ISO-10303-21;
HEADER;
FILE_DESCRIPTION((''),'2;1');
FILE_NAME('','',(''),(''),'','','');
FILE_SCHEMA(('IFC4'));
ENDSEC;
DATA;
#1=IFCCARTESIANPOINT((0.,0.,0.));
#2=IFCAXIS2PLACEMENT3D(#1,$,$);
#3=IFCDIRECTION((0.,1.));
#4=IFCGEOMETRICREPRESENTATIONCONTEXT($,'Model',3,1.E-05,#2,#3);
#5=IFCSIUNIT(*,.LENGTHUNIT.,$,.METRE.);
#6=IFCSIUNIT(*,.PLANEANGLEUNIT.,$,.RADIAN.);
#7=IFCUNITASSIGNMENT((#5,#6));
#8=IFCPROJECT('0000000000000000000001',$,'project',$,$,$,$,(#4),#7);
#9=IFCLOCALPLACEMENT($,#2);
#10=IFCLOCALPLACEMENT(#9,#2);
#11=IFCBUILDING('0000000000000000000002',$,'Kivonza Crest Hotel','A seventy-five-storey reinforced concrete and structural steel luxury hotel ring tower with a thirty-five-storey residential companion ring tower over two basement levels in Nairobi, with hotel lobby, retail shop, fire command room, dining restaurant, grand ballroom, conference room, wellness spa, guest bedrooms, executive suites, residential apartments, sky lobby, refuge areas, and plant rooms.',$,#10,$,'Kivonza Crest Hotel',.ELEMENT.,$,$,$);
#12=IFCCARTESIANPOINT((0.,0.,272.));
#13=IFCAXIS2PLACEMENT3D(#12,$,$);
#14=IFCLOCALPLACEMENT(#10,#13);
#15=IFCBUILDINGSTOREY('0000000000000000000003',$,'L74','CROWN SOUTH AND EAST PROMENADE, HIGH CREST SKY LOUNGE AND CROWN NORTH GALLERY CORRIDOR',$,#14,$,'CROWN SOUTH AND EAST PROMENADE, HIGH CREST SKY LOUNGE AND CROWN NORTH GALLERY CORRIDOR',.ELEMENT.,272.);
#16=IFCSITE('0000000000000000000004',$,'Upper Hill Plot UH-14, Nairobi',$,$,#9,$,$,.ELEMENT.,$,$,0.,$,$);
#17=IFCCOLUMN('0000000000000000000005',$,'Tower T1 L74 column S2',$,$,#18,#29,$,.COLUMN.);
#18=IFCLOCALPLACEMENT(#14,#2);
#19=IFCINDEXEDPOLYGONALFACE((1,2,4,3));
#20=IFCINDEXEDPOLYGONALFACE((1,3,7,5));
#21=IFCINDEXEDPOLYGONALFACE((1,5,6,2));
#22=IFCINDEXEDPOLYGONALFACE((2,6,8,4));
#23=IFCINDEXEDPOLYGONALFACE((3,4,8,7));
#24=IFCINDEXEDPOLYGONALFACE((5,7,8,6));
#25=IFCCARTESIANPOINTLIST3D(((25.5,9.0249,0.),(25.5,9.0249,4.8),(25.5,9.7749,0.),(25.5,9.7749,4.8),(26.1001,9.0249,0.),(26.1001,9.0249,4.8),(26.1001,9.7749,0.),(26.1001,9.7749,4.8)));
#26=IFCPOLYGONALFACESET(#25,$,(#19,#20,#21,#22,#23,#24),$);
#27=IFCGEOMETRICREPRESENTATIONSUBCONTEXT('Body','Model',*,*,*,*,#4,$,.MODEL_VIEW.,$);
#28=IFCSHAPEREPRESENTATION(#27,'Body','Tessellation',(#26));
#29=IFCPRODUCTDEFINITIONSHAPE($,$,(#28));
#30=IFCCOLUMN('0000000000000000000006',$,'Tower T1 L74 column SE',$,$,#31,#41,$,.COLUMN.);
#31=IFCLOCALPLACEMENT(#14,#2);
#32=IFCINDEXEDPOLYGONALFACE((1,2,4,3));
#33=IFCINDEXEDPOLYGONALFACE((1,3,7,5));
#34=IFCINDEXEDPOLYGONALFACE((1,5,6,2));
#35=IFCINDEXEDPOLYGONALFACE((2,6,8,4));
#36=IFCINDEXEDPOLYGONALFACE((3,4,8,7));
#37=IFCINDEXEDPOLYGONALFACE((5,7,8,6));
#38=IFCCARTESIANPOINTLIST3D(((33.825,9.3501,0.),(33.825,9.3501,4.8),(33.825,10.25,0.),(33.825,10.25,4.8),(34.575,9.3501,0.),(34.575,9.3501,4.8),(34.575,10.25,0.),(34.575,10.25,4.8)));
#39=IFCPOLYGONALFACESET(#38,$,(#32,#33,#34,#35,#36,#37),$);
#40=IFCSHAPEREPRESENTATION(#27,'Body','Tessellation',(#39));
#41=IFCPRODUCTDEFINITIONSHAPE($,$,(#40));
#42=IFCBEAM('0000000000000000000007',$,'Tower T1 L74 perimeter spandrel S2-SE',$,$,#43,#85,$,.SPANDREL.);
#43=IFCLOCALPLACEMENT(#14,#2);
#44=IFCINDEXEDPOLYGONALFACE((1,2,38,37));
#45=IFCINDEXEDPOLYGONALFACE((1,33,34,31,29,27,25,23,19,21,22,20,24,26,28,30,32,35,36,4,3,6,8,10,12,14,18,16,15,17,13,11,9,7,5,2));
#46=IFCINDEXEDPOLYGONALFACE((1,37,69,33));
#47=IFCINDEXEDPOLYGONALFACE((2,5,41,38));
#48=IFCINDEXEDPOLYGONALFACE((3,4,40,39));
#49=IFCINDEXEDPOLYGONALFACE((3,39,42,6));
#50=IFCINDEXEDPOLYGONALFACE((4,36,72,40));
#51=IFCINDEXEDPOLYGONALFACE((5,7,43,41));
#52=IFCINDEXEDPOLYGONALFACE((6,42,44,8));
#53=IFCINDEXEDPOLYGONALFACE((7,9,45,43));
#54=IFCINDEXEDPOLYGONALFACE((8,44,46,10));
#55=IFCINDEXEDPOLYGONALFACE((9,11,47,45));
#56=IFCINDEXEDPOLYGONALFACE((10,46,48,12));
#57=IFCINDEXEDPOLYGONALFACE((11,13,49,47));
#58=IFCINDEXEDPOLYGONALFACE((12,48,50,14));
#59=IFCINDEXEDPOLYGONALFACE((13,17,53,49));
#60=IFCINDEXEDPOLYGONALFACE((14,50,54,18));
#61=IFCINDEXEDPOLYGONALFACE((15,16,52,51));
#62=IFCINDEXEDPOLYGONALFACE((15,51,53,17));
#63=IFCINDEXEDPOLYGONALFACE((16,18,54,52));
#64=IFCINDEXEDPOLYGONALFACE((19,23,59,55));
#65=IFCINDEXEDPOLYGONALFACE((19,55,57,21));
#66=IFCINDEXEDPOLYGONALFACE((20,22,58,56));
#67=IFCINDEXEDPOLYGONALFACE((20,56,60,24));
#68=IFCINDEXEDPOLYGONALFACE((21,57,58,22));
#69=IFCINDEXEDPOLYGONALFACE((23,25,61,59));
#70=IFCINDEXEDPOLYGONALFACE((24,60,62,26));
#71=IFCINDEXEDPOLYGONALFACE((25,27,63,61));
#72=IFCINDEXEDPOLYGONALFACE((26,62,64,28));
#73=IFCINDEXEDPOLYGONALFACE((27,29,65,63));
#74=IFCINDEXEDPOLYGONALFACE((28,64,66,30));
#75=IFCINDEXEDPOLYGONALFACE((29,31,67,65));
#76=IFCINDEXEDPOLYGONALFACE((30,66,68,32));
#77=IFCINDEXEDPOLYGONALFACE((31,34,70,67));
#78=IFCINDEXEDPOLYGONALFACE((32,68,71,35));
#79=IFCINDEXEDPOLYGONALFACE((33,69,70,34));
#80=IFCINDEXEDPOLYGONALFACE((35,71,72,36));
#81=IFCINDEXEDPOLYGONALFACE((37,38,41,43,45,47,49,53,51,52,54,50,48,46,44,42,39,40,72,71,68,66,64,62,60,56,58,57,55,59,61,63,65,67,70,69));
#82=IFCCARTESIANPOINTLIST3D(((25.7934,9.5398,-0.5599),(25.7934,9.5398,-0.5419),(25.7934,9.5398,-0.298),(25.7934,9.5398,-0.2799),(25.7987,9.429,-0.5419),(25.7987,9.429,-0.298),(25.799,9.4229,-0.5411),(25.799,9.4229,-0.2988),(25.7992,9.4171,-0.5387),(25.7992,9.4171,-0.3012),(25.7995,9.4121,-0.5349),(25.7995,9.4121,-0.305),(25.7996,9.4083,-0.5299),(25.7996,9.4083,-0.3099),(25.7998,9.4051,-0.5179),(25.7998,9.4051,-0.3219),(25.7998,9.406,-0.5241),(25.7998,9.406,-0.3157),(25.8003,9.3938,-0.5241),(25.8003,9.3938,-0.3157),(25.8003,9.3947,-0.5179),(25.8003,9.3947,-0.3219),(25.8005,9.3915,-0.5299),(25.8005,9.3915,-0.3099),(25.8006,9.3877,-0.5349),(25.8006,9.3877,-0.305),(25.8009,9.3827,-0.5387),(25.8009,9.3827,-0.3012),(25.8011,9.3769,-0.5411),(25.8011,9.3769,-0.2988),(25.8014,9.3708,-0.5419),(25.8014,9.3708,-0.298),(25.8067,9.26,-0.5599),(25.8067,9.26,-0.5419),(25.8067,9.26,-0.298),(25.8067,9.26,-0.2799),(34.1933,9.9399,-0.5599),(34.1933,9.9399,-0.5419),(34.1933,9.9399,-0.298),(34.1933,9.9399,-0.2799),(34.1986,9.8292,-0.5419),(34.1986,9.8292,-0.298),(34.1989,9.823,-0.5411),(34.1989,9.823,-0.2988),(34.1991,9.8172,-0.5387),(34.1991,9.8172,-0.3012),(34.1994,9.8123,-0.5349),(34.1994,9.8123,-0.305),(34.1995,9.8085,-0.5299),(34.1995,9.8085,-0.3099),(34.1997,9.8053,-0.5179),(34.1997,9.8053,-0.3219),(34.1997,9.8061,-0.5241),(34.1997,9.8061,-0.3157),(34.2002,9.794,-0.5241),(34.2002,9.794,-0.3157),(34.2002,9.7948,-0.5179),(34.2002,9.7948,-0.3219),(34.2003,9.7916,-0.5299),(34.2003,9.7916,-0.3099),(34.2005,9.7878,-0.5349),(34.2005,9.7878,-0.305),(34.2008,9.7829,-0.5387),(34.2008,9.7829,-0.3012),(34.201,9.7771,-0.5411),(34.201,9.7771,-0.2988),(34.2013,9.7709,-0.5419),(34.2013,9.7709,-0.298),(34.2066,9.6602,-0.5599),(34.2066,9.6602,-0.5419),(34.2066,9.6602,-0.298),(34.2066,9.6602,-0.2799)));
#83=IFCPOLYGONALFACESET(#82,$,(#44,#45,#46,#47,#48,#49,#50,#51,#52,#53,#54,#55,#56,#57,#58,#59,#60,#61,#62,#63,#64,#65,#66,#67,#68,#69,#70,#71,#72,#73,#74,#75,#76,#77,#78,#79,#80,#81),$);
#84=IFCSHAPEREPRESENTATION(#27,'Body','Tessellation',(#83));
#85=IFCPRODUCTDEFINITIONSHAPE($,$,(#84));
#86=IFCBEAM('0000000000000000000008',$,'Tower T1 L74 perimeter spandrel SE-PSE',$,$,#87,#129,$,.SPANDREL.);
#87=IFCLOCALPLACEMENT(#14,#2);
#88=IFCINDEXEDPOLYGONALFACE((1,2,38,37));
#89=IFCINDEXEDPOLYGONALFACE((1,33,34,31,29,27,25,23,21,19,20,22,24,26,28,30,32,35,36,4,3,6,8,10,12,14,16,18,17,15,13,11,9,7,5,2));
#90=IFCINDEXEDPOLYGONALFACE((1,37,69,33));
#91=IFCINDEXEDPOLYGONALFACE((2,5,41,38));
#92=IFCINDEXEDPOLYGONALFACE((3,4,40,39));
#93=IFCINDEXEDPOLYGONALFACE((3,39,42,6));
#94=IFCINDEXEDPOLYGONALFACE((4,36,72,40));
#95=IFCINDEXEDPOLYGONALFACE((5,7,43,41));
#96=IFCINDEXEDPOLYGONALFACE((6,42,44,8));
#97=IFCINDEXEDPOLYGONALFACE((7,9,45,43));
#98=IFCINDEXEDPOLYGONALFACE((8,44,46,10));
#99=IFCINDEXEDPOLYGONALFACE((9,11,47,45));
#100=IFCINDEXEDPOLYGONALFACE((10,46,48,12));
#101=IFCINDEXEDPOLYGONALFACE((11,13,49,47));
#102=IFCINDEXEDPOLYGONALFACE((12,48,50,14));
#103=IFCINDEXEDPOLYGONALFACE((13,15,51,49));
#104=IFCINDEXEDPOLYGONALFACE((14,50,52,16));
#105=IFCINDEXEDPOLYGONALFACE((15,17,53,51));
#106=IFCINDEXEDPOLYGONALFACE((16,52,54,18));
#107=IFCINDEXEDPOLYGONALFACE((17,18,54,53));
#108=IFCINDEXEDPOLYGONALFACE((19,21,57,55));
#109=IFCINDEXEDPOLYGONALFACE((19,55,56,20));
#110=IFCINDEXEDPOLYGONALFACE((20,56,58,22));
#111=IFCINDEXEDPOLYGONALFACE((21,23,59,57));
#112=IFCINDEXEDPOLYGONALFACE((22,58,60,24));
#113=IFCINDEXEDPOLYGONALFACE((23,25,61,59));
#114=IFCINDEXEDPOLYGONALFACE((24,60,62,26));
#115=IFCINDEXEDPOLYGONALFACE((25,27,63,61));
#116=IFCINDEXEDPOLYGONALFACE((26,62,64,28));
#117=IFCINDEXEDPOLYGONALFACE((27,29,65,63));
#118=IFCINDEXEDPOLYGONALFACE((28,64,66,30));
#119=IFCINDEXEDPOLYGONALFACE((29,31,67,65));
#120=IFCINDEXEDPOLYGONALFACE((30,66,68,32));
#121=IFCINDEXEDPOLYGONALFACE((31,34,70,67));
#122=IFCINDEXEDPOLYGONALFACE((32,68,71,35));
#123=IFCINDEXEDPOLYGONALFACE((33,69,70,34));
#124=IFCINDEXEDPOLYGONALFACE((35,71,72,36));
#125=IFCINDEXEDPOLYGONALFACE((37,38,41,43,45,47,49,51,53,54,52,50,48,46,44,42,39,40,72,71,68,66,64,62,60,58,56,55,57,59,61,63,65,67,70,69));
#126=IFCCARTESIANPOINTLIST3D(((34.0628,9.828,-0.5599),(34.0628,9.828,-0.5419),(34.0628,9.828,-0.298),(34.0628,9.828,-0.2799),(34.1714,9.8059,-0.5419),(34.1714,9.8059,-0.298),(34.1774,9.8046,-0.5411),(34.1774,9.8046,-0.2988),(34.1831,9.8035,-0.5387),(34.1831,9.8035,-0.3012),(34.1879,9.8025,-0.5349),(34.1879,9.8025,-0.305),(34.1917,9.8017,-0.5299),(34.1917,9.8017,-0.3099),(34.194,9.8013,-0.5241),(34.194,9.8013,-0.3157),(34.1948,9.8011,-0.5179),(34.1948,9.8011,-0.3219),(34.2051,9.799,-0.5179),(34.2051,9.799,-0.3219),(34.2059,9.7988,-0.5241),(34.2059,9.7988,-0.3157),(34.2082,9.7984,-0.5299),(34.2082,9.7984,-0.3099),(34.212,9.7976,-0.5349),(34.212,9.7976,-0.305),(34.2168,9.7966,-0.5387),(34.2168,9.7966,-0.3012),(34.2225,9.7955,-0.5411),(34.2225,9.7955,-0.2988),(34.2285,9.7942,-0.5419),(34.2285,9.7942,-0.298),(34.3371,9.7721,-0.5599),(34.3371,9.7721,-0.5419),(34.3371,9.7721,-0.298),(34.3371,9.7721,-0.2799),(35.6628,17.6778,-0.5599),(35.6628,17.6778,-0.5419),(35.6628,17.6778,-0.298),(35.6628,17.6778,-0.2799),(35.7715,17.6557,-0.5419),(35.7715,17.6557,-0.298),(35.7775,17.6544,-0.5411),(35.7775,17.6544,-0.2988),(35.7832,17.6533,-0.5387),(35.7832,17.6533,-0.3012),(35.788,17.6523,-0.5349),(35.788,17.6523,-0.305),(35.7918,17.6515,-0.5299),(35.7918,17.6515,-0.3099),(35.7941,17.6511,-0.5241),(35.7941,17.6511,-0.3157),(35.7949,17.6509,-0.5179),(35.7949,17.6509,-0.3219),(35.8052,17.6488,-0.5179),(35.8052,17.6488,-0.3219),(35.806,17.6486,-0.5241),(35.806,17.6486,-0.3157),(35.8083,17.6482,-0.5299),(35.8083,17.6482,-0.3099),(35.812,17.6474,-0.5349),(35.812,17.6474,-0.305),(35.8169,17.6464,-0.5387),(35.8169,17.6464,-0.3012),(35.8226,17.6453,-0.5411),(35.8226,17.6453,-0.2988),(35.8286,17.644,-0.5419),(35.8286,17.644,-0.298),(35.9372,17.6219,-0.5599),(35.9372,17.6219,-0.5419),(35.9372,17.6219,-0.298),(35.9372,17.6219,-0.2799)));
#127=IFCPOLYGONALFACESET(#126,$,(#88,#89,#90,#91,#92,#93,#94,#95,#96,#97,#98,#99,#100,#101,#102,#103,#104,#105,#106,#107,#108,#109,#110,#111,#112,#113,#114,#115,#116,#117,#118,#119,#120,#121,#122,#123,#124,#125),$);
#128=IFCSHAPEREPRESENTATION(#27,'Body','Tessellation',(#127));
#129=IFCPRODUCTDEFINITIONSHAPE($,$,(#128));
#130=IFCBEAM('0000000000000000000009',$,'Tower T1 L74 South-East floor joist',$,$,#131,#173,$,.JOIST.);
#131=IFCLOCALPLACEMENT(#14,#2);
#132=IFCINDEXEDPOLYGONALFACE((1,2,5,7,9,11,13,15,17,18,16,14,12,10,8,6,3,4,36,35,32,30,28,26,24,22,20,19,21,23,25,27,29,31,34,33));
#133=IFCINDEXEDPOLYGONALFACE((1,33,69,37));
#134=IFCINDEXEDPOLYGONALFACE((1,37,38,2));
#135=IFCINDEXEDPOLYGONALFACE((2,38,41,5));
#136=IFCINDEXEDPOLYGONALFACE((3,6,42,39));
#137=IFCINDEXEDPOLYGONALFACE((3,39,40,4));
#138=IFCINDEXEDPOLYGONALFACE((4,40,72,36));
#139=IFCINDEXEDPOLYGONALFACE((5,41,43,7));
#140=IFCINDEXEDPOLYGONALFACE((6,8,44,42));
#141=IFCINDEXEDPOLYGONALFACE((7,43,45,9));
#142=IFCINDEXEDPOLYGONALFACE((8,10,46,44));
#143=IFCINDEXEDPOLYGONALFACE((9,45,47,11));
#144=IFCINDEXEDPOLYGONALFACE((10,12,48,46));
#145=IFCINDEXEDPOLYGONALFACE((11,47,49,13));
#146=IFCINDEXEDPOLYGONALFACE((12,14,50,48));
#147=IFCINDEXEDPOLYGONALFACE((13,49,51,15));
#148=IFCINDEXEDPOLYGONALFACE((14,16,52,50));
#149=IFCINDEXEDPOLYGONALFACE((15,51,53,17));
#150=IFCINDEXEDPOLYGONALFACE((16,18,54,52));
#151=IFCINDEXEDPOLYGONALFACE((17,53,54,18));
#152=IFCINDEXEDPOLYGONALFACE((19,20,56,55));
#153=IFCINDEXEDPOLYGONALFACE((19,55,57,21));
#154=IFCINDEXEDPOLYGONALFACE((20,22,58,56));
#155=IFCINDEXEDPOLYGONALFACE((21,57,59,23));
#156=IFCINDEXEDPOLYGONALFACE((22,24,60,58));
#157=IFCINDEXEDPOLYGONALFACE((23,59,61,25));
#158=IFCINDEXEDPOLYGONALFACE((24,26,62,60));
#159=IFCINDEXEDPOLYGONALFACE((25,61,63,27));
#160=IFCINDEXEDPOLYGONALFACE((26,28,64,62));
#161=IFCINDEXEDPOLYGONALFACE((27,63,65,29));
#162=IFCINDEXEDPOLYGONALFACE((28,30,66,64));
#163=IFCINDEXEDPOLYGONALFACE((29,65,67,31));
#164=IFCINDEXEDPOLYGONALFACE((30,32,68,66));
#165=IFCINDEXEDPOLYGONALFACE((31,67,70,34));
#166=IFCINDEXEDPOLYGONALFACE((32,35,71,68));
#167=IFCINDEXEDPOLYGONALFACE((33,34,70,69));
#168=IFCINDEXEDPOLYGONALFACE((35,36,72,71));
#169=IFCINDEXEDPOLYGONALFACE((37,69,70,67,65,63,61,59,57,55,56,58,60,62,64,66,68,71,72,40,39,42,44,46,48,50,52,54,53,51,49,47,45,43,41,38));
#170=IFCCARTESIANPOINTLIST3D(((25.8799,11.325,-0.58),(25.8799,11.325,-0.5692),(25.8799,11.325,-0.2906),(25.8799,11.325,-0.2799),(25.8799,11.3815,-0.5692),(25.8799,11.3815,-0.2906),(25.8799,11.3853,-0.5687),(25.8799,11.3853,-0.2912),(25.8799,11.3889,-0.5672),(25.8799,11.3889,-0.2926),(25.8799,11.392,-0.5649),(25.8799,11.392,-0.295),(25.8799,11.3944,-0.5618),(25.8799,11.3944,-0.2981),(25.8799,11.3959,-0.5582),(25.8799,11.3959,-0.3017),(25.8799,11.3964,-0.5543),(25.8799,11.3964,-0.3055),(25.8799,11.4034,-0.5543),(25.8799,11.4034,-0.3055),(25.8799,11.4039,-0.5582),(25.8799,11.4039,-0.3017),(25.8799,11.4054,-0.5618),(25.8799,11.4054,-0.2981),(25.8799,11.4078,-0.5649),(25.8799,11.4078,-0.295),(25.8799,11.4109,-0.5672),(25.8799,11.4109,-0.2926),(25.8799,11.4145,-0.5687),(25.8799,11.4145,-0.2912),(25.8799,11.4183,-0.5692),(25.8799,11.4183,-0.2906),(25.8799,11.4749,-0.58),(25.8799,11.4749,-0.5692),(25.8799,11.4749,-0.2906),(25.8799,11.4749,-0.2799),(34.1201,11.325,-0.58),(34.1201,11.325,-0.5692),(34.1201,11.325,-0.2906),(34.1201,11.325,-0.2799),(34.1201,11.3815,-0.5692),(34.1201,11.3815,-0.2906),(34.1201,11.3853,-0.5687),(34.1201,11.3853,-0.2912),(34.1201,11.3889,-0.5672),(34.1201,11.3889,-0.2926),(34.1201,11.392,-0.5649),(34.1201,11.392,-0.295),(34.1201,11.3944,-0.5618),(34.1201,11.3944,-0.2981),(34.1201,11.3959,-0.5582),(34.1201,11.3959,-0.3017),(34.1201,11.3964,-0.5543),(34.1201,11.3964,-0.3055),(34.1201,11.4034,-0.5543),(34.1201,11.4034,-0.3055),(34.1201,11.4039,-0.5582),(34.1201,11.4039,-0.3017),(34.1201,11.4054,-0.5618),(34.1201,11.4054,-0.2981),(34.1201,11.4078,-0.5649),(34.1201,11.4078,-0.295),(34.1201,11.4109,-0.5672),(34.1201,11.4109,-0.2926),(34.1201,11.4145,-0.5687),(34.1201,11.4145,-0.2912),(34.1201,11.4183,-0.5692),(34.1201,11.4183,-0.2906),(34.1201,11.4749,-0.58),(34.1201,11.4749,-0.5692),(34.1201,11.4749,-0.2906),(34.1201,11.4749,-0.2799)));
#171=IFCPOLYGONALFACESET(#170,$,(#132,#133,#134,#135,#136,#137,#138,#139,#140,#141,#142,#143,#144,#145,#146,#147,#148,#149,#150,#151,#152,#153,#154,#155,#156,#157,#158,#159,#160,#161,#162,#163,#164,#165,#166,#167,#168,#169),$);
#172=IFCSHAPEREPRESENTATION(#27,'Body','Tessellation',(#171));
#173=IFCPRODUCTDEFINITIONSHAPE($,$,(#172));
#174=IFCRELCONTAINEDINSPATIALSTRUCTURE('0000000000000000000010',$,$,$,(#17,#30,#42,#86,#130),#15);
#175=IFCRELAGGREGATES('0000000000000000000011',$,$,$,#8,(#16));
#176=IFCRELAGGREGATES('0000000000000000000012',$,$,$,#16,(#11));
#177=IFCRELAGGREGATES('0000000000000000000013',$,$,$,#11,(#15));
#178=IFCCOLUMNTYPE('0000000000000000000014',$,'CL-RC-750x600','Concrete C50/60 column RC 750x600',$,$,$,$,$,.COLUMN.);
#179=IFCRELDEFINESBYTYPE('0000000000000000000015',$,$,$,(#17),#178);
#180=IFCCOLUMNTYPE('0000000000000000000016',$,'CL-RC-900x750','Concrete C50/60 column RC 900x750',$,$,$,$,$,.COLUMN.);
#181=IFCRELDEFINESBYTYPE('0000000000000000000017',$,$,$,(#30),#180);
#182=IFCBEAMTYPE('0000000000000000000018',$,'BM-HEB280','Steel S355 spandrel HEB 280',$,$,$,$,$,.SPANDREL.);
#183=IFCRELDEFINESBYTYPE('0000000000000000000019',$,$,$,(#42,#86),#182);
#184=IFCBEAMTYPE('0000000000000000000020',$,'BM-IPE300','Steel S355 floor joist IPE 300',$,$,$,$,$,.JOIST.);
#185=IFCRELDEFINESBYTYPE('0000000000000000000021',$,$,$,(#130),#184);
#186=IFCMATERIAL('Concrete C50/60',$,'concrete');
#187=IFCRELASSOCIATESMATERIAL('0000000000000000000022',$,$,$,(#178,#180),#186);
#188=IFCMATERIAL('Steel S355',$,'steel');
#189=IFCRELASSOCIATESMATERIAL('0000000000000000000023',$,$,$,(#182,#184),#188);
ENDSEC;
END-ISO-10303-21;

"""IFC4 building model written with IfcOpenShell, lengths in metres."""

from ifc_helpers import new_model, si_unit, direction, frame, origin, origin_2d, place, context, subcontext, project, spatial, rectangle, i_section, extrude, material, material_profile, profile_set, type_object, element, save


model = new_model("IFC4")

# Units and contexts
model_context = context("Model", 3, precision=1e-05, world=origin(), true_north=direction((0.0, 1.0)))
body_context = subcontext(model_context, "Body", "Model", "MODEL_VIEW")
ifc_project = project(units=[si_unit("LENGTHUNIT", "METRE"), si_unit("PLANEANGLEUNIT", "RADIAN")], contexts=[model_context])

# Site, building, storey
site_placement = place(None, origin())
site = spatial("IfcSite", under=ifc_project, at=site_placement, Name="Upper Hill Plot UH-14, Nairobi", CompositionType="ELEMENT", RefElevation=0.0)
building_placement = place(site_placement, origin())
building = spatial("IfcBuilding", under=site, at=building_placement, Name="Kivonza Crest Hotel", Description="A seventy-five-storey reinforced concrete and structural steel luxury hotel ring tower with a thirty-five-storey residential companion ring tower over two basement levels in Nairobi, with hotel lobby, retail shop, fire command room, dining restaurant, grand ballroom, conference room, wellness spa, guest bedrooms, executive suites, residential apartments, sky lobby, refuge areas, and plant rooms.", LongName="Kivonza Crest Hotel", CompositionType="ELEMENT")
storey_placement = place(building_placement, frame((0.0, 0.0, 272.0)))
storey = spatial("IfcBuildingStorey", under=building, at=storey_placement, Name="L74", Description="CROWN SOUTH AND EAST PROMENADE, HIGH CREST SKY LOUNGE AND CROWN NORTH GALLERY CORRIDOR", LongName="CROWN SOUTH AND EAST PROMENADE, HIGH CREST SKY LOUNGE AND CROWN NORTH GALLERY CORRIDOR", CompositionType="ELEMENT", Elevation=272.0)

# Columns
ifc_material_1 = material(Name="Concrete C50/60", Category="concrete")
ifc_material_profile_1 = material_profile(ifc_material_1, rectangle(XDim=0.6001, YDim=0.75, at=origin_2d()), Name="RC 750x600")
ifc_profile_set_1 = profile_set([ifc_material_profile_1], Name="Concrete C50/60")
column_type_1 = type_object("IfcColumnType", Name="CL-RC-750x600", Description="Concrete C50/60 column RC 750x600", PredefinedType="COLUMN", material=ifc_profile_set_1)
column_1_placement = place(storey_placement, frame((25.8, 9.3999, 0.0), z_axis=(0.0, 0.0, 1.0), x_axis=(1.0, 0.0, 0.0)))
element("IfcColumn", 1, at=column_1_placement, inside=storey, type_object=column_type_1, Name="Tower T1 L74 column S2", PredefinedType="COLUMN", context=body_context, shape_type="SweptSolid", body=[
    extrude(rectangle(XDim=0.6001, YDim=0.75, at=origin_2d()), origin(), (0.0, 0.0, 1.0), 4.8),
])
ifc_material_profile_2 = material_profile(ifc_material_1, rectangle(XDim=0.75, YDim=0.8999, at=origin_2d()), Name="RC 900x750")
ifc_profile_set_2 = profile_set([ifc_material_profile_2], Name="Concrete C50/60")
column_type_2 = type_object("IfcColumnType", Name="CL-RC-900x750", Description="Concrete C50/60 column RC 900x750", PredefinedType="COLUMN", material=ifc_profile_set_2)
column_2_placement = place(storey_placement, frame((34.2, 9.8, 0.0), z_axis=(0.0, 0.0, 1.0), x_axis=(1.0, 0.0, 0.0)))
element("IfcColumn", 2, at=column_2_placement, inside=storey, type_object=column_type_2, Name="Tower T1 L74 column SE", PredefinedType="COLUMN", context=body_context, shape_type="SweptSolid", body=[
    extrude(rectangle(XDim=0.75, YDim=0.8999, at=origin_2d()), origin(), (0.0, 0.0, 1.0), 4.8),
])

# Beams
ifc_material_2 = material(Name="Steel S355", Category="steel")
ifc_material_profile_3 = material_profile(ifc_material_2, i_section(OverallWidth=0.28, OverallDepth=0.28, WebThickness=0.0105, FlangeThickness=0.0181, FilletRadius=0.0239, at=origin_2d()), Name="HEB 280")
ifc_profile_set_3 = profile_set([ifc_material_profile_3], Name="Steel S355")
beam_type_1 = type_object("IfcBeamType", Name="BM-HEB280", Description="Steel S355 spandrel HEB 280", PredefinedType="SPANDREL", material=ifc_profile_set_3)
beam_1_placement = place(storey_placement, frame((25.8, 9.3999, -0.4199), z_axis=(0.998867, 0.047583, 0.0), x_axis=(-0.047583, 0.998867, 0.0)))
element("IfcBeam", 3, at=beam_1_placement, inside=storey, type_object=beam_type_1, Name="Tower T1 L74 perimeter spandrel S2-SE", PredefinedType="SPANDREL", context=body_context, shape_type="SweptSolid", body=[
    extrude(i_section(OverallWidth=0.28, OverallDepth=0.28, WebThickness=0.0105, FlangeThickness=0.0181, FilletRadius=0.0239, at=origin_2d()), origin(), (0.0, 0.0, 1.0), 8.4094),
])
beam_2_placement = place(storey_placement, frame((34.2, 9.8, -0.4199), z_axis=(0.199731, 0.979851, 0.0), x_axis=(-0.979851, 0.199731, 0.0)))
element("IfcBeam", 4, at=beam_2_placement, inside=storey, type_object=beam_type_1, Name="Tower T1 L74 perimeter spandrel SE-PSE", PredefinedType="SPANDREL", context=body_context, shape_type="SweptSolid", body=[
    extrude(i_section(OverallWidth=0.28, OverallDepth=0.28, WebThickness=0.0105, FlangeThickness=0.0181, FilletRadius=0.0239, at=origin_2d()), origin(), (0.0, 0.0, 1.0), 8.0112),
])
ifc_material_profile_4 = material_profile(ifc_material_2, i_section(OverallWidth=0.1499, OverallDepth=0.3, WebThickness=0.0071, FlangeThickness=0.0107, FilletRadius=0.0149, at=origin_2d()), Name="IPE 300")
ifc_profile_set_4 = profile_set([ifc_material_profile_4], Name="Steel S355")
beam_type_2 = type_object("IfcBeamType", Name="BM-IPE300", Description="Steel S355 floor joist IPE 300", PredefinedType="JOIST", material=ifc_profile_set_4)
beam_3_placement = place(storey_placement, frame((25.8799, 11.3999, -0.4299), z_axis=(1.0, 0.0, 0.0), x_axis=(0.0, 1.0, 0.0)))
element("IfcBeam", 5, at=beam_3_placement, inside=storey, type_object=beam_type_2, Name="Tower T1 L74 South-East floor joist", PredefinedType="JOIST", context=body_context, shape_type="SweptSolid", body=[
    extrude(i_section(OverallWidth=0.1499, OverallDepth=0.3, WebThickness=0.0071, FlangeThickness=0.0107, FilletRadius=0.0149, at=origin_2d()), origin(), (0.0, 0.0, 1.0), 8.2402),
])

save(model, "model.ifc")
